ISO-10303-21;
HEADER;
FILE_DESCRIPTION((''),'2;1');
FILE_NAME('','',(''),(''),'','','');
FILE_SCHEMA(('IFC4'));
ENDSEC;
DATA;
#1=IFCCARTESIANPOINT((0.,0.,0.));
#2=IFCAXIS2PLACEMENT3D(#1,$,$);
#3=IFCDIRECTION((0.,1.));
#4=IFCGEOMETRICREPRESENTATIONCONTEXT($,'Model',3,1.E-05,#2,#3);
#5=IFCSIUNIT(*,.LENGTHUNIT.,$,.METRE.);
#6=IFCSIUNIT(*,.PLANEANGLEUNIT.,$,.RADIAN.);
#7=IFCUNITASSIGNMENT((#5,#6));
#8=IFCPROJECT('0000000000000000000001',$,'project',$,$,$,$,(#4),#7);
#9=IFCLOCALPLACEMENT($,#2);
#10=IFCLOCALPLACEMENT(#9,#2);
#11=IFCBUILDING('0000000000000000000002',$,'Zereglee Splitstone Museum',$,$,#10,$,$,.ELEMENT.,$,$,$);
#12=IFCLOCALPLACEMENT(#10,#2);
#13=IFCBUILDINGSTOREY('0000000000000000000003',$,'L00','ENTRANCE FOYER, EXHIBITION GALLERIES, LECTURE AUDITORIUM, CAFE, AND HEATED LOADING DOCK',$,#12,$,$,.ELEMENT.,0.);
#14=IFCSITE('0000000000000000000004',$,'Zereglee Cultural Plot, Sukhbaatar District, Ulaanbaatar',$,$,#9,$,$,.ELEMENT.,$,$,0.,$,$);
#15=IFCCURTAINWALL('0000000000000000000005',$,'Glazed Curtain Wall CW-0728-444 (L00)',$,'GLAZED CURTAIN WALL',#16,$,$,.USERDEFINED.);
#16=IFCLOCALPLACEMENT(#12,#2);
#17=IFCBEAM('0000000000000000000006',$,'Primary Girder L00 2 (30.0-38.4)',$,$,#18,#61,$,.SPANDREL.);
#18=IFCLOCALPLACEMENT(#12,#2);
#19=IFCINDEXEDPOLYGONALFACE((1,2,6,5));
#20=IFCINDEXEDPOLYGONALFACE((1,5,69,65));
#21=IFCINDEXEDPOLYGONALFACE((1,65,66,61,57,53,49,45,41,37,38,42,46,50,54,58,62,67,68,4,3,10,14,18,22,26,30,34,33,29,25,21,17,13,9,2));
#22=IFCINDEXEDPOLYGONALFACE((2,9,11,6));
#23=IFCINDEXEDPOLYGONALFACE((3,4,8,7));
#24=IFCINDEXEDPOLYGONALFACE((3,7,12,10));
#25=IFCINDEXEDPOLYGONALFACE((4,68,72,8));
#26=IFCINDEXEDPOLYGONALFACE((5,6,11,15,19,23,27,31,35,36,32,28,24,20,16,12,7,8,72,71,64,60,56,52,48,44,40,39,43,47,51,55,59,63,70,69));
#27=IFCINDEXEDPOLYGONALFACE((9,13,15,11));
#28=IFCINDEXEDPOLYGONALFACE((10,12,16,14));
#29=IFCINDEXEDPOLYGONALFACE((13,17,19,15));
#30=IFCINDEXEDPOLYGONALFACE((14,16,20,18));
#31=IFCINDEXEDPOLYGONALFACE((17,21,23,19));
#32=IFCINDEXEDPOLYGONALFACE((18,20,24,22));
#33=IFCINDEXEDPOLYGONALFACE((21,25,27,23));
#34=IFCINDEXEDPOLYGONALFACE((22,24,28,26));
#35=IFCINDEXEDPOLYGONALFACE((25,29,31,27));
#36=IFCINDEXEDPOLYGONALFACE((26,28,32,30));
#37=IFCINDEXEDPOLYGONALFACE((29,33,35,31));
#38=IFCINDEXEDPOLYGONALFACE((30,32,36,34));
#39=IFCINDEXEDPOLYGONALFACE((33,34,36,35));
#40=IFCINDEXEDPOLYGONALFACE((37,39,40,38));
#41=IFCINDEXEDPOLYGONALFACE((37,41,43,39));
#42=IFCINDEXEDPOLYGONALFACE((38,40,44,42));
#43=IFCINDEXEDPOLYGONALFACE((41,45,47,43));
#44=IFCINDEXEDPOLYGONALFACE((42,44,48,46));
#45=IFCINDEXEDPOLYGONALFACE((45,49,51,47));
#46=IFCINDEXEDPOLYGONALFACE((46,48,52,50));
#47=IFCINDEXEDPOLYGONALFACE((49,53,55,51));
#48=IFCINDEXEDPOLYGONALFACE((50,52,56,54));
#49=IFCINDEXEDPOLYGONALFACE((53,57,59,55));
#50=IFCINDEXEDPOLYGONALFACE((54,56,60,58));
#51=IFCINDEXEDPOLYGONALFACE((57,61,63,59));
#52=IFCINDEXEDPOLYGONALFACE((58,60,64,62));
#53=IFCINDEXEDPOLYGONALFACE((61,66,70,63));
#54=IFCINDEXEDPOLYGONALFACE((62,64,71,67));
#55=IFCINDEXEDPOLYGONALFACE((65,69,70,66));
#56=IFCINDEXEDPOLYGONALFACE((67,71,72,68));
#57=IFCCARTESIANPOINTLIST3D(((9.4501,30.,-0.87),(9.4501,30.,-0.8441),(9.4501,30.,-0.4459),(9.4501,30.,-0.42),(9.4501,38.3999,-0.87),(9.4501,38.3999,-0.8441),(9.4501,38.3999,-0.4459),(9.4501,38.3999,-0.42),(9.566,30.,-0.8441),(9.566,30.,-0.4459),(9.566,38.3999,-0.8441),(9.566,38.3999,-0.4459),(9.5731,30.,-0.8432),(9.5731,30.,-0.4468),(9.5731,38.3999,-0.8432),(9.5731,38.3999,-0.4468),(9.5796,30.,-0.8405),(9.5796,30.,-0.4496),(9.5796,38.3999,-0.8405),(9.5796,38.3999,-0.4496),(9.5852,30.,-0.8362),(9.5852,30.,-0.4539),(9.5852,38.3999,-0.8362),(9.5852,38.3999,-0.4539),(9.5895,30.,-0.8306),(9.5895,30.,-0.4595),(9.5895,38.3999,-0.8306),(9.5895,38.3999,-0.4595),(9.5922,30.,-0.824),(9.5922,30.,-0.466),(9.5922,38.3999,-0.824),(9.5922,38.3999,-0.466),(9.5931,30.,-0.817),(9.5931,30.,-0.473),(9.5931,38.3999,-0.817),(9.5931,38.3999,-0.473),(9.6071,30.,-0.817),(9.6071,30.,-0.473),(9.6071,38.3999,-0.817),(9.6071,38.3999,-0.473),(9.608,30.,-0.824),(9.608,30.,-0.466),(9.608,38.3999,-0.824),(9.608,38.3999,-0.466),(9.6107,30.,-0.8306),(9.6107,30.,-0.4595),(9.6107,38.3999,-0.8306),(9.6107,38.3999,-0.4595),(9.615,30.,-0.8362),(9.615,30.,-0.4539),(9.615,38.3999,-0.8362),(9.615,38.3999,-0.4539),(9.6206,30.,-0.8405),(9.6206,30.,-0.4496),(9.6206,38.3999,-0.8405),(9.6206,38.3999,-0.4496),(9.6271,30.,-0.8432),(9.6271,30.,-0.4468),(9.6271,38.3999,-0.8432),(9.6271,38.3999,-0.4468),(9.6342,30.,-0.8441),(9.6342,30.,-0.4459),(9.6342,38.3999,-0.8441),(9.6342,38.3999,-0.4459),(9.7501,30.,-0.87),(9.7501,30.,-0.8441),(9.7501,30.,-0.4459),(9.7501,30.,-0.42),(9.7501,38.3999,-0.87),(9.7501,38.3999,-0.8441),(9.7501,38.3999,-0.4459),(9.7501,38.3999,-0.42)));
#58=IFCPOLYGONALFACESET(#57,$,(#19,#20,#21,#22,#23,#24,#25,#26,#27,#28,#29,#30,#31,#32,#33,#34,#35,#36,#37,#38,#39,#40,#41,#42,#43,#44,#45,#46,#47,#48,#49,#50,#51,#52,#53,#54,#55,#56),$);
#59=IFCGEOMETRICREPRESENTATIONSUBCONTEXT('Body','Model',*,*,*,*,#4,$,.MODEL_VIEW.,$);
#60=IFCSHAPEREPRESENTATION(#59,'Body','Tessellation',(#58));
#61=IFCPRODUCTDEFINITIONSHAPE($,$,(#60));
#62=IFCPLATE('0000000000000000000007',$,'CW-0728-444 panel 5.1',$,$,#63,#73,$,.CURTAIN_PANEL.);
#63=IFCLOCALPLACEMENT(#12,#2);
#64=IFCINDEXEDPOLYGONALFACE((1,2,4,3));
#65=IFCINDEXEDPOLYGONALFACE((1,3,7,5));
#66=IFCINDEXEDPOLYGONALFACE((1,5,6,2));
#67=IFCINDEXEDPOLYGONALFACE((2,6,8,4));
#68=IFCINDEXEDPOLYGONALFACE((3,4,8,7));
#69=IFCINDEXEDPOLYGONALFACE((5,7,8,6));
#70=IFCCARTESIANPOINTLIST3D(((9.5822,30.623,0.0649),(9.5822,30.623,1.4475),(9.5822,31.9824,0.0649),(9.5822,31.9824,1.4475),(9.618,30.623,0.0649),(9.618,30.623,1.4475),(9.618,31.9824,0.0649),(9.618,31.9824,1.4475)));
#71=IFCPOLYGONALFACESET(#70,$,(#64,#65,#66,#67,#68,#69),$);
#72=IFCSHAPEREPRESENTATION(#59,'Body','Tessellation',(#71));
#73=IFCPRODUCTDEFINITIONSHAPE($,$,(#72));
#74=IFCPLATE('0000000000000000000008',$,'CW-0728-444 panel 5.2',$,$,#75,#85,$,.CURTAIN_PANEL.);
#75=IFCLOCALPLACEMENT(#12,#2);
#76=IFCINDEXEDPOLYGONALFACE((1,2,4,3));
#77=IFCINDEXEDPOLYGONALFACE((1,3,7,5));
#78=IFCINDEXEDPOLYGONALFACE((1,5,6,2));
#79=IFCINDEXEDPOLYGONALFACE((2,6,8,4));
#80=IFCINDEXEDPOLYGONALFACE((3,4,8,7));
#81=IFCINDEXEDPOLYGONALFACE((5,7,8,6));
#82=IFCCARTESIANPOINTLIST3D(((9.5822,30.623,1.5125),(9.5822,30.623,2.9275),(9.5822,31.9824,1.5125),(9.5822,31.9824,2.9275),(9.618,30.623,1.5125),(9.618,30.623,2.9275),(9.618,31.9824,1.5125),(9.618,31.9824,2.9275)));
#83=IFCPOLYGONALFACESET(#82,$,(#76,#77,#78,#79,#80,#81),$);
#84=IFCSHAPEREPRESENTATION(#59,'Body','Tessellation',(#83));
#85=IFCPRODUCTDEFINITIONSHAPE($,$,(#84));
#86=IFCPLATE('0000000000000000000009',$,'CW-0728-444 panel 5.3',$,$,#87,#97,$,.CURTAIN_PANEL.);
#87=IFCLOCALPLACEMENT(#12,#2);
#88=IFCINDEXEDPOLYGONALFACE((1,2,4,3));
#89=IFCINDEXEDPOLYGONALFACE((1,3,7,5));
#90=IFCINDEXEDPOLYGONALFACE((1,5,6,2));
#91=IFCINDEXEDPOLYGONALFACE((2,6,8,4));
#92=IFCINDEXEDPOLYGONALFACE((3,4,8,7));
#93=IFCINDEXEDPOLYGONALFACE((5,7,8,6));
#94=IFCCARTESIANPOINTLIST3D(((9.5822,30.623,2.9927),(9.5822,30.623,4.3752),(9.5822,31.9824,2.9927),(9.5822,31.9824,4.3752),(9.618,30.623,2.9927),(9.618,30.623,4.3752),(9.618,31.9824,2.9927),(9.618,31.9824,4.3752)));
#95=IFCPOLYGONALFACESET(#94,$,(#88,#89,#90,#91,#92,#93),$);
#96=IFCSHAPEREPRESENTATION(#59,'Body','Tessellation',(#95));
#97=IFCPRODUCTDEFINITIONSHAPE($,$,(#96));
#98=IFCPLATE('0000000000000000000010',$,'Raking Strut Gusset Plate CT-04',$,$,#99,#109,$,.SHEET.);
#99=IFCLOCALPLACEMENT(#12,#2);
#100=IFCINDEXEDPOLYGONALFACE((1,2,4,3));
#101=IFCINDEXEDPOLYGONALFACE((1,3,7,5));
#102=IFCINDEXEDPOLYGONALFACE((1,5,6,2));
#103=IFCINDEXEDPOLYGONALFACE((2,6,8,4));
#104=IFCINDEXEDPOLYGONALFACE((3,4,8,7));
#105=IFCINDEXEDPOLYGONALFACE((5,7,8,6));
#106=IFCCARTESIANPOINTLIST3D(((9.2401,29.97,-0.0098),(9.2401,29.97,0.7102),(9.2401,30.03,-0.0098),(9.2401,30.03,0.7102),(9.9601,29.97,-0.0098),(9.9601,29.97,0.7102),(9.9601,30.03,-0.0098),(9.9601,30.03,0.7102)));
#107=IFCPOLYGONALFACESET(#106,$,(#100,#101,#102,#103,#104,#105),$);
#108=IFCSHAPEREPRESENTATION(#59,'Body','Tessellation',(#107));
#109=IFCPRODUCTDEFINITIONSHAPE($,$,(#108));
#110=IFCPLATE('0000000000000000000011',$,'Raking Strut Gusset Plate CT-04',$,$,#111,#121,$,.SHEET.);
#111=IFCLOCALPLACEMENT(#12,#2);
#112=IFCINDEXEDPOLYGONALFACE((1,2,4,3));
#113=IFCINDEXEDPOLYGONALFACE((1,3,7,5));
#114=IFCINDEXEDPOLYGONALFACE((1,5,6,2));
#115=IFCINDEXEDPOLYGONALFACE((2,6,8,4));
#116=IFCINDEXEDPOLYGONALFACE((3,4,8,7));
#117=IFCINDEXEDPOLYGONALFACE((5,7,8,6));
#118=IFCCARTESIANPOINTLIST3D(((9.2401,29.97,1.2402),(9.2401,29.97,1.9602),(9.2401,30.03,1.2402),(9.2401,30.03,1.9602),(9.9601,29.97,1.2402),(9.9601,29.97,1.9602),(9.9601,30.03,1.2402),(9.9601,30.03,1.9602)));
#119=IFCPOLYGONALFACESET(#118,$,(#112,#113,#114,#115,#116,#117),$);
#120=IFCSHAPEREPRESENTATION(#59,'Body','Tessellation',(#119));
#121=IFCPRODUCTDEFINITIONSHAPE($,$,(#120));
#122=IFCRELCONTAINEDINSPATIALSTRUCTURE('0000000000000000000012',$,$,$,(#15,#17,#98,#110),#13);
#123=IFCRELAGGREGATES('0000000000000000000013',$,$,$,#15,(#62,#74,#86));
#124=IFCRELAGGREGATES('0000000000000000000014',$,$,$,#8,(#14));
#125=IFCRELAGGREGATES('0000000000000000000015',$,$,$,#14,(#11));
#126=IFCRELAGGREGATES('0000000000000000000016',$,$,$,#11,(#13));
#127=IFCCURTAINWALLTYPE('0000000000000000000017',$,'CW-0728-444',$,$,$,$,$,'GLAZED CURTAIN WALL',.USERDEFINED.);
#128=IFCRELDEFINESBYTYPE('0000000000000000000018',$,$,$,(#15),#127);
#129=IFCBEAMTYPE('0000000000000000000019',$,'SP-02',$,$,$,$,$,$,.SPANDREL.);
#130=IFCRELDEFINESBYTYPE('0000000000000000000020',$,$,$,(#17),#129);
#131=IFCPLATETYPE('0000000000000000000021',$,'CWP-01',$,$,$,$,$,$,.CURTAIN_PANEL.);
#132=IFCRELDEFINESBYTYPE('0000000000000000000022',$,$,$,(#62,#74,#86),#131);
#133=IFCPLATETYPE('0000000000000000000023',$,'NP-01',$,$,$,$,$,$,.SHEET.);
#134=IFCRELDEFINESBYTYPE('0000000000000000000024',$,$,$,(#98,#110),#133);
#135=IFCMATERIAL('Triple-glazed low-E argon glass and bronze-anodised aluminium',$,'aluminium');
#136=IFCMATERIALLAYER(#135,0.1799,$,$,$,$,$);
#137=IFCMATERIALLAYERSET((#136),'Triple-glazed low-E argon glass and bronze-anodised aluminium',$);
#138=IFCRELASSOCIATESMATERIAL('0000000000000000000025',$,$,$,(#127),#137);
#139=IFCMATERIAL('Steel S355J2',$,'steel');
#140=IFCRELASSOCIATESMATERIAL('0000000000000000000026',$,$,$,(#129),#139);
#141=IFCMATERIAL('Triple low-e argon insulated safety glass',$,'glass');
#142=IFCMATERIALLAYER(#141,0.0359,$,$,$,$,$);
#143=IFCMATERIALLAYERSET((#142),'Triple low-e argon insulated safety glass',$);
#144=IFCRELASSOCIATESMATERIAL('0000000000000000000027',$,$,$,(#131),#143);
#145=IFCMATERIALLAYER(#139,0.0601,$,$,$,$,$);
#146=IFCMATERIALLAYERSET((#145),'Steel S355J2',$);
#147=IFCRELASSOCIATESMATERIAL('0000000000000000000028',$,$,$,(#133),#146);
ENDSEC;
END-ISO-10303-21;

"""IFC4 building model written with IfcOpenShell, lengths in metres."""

from ifc_helpers import new_model, si_unit, direction, frame, origin, origin_2d, place, context, subcontext, project, spatial, rectangle, i_section, extrude, material, layer, layer_set, material_profile, profile_set, type_object, element, aggregate, save


model = new_model("IFC4")

# Units and contexts
model_context = context("Model", 3, precision=1e-05, world=origin(), true_north=direction((0.0, 1.0)))
body_context = subcontext(model_context, "Body", "Model", "MODEL_VIEW")
ifc_project = project(units=[si_unit("LENGTHUNIT", "METRE"), si_unit("PLANEANGLEUNIT", "RADIAN")], contexts=[model_context])

# Site, building, storey
site_placement = place(None, origin())
site = spatial("IfcSite", under=ifc_project, at=site_placement, Name="Zereglee Cultural Plot, Sukhbaatar District, Ulaanbaatar", CompositionType="ELEMENT", RefElevation=0.0)
building_placement = place(site_placement, origin())
building = spatial("IfcBuilding", under=site, at=building_placement, Name="Zereglee Splitstone Museum", CompositionType="ELEMENT")
storey_placement = place(building_placement, origin())
storey = spatial("IfcBuildingStorey", under=building, at=storey_placement, Name="L00", Description="ENTRANCE FOYER, EXHIBITION GALLERIES, LECTURE AUDITORIUM, CAFE, AND HEATED LOADING DOCK", CompositionType="ELEMENT", Elevation=0.0)

# Shared definitions
ifc_material_1 = material(Name="Steel S355J2", Category="steel")

# Curtain wall
ifc_material_2 = material(Name="Triple-glazed low-E argon glass and bronze-anodised aluminium", Category="aluminium")
ifc_layer_1 = layer(ifc_material_2, 0.1799)
ifc_layer_set_1 = layer_set([ifc_layer_1], Name="Triple-glazed low-E argon glass and bronze-anodised aluminium")
curtain_wall_type_1 = type_object("IfcCurtainWallType", Name="CW-0728-444", ElementType="GLAZED CURTAIN WALL", PredefinedType="USERDEFINED", material=ifc_layer_set_1)
curtain_wall_1_placement = place(storey_placement, origin())
curtain_wall_1 = element("IfcCurtainWall", 1, at=curtain_wall_1_placement, inside=storey, type_object=curtain_wall_type_1, Name="Glazed Curtain Wall CW-0728-444 (L00)", ObjectType="GLAZED CURTAIN WALL", PredefinedType="USERDEFINED")

# Beam
ifc_material_profile_1 = material_profile(ifc_material_1, i_section(OverallWidth=0.3, OverallDepth=0.45, WebThickness=0.0139, FlangeThickness=0.0259, FilletRadius=0.0271, at=origin_2d()), Name="HE 450 B")
ifc_profile_set_1 = profile_set([ifc_material_profile_1], Name="Steel S355J2")
beam_type_1 = type_object("IfcBeamType", Name="SP-02", PredefinedType="SPANDREL", material=ifc_profile_set_1)
beam_1_placement = place(storey_placement, frame((9.6001, 30.0, -0.645), z_axis=(0.0, 1.0, 0.0), x_axis=(-1.0, 0.0, 0.0)))
element("IfcBeam", 2, at=beam_1_placement, inside=storey, type_object=beam_type_1, Name="Primary Girder L00 2 (30.0-38.4)", PredefinedType="SPANDREL", context=body_context, shape_type="SweptSolid", body=[
    extrude(i_section(OverallWidth=0.3, OverallDepth=0.45, WebThickness=0.0139, FlangeThickness=0.0259, FilletRadius=0.0271, at=origin_2d()), origin(), (0.0, 0.0, 1.0), 8.3999),
])

# Plates
ifc_material_3 = material(Name="Triple low-e argon insulated safety glass", Category="glass")
ifc_layer_2 = layer(ifc_material_3, 0.0359)
ifc_layer_set_2 = layer_set([ifc_layer_2], Name="Triple low-e argon insulated safety glass")
plate_type_1 = type_object("IfcPlateType", Name="CWP-01", PredefinedType="CURTAIN_PANEL", material=ifc_layer_set_2)
plate_1_placement = place(storey_placement, frame((9.6001, 31.3027, 0.0649), z_axis=(0.0, 0.0, 1.0), x_axis=(0.0, -1.0, 0.0)))
plate_1 = element("IfcPlate", 3, at=plate_1_placement, type_object=plate_type_1, Name="CW-0728-444 panel 5.1", PredefinedType="CURTAIN_PANEL", context=body_context, shape_type="SweptSolid", body=[
    extrude(rectangle(XDim=1.3594, YDim=0.0359, at=origin_2d()), origin(), (0.0, 0.0, 1.0), 1.3826),
])
plate_2_placement = place(storey_placement, frame((9.6001, 31.3027, 1.5125), z_axis=(0.0, 0.0, 1.0), x_axis=(0.0, -1.0, 0.0)))
plate_2 = element("IfcPlate", 4, at=plate_2_placement, type_object=plate_type_1, Name="CW-0728-444 panel 5.2", PredefinedType="CURTAIN_PANEL", context=body_context, shape_type="SweptSolid", body=[
    extrude(rectangle(XDim=1.3594, YDim=0.0359, at=origin_2d()), origin(), (0.0, 0.0, 1.0), 1.415),
])
plate_3_placement = place(storey_placement, frame((9.6001, 31.3027, 2.9927), z_axis=(0.0, 0.0, 1.0), x_axis=(0.0, -1.0, 0.0)))
plate_3 = element("IfcPlate", 5, at=plate_3_placement, type_object=plate_type_1, Name="CW-0728-444 panel 5.3", PredefinedType="CURTAIN_PANEL", context=body_context, shape_type="SweptSolid", body=[
    extrude(rectangle(XDim=1.3594, YDim=0.0359, at=origin_2d()), origin(), (0.0, 0.0, 1.0), 1.3826),
])
aggregate(curtain_wall_1, [plate_1, plate_2, plate_3])

# Plates
ifc_layer_3 = layer(ifc_material_1, 0.0601)
ifc_layer_set_3 = layer_set([ifc_layer_3], Name="Steel S355J2")
plate_type_2 = type_object("IfcPlateType", Name="NP-01", PredefinedType="SHEET", material=ifc_layer_set_3)
for number, where, z_axis, x_axis, name in (
    (6, (9.6001, 30.0, -0.0098), (0.0, 0.0, 1.0), (1.0, 0.0, 0.0), "Raking Strut Gusset Plate CT-04"),
    (7, (9.6001, 30.0, 1.2402), (0.0, 0.0, 1.0), (1.0, 0.0, 0.0), "Raking Strut Gusset Plate CT-04"),
):
    element("IfcPlate", number, at=place(storey_placement, frame(where, z_axis=z_axis, x_axis=x_axis)), inside=storey, type_object=plate_type_2, Name=name, PredefinedType="SHEET", context=body_context, shape_type="SweptSolid", body=[
        extrude(rectangle(XDim=0.72, YDim=0.0601, at=origin_2d()), origin(), (0.0, 0.0, 1.0), 0.72),
    ])

save(model, "model.ifc")
